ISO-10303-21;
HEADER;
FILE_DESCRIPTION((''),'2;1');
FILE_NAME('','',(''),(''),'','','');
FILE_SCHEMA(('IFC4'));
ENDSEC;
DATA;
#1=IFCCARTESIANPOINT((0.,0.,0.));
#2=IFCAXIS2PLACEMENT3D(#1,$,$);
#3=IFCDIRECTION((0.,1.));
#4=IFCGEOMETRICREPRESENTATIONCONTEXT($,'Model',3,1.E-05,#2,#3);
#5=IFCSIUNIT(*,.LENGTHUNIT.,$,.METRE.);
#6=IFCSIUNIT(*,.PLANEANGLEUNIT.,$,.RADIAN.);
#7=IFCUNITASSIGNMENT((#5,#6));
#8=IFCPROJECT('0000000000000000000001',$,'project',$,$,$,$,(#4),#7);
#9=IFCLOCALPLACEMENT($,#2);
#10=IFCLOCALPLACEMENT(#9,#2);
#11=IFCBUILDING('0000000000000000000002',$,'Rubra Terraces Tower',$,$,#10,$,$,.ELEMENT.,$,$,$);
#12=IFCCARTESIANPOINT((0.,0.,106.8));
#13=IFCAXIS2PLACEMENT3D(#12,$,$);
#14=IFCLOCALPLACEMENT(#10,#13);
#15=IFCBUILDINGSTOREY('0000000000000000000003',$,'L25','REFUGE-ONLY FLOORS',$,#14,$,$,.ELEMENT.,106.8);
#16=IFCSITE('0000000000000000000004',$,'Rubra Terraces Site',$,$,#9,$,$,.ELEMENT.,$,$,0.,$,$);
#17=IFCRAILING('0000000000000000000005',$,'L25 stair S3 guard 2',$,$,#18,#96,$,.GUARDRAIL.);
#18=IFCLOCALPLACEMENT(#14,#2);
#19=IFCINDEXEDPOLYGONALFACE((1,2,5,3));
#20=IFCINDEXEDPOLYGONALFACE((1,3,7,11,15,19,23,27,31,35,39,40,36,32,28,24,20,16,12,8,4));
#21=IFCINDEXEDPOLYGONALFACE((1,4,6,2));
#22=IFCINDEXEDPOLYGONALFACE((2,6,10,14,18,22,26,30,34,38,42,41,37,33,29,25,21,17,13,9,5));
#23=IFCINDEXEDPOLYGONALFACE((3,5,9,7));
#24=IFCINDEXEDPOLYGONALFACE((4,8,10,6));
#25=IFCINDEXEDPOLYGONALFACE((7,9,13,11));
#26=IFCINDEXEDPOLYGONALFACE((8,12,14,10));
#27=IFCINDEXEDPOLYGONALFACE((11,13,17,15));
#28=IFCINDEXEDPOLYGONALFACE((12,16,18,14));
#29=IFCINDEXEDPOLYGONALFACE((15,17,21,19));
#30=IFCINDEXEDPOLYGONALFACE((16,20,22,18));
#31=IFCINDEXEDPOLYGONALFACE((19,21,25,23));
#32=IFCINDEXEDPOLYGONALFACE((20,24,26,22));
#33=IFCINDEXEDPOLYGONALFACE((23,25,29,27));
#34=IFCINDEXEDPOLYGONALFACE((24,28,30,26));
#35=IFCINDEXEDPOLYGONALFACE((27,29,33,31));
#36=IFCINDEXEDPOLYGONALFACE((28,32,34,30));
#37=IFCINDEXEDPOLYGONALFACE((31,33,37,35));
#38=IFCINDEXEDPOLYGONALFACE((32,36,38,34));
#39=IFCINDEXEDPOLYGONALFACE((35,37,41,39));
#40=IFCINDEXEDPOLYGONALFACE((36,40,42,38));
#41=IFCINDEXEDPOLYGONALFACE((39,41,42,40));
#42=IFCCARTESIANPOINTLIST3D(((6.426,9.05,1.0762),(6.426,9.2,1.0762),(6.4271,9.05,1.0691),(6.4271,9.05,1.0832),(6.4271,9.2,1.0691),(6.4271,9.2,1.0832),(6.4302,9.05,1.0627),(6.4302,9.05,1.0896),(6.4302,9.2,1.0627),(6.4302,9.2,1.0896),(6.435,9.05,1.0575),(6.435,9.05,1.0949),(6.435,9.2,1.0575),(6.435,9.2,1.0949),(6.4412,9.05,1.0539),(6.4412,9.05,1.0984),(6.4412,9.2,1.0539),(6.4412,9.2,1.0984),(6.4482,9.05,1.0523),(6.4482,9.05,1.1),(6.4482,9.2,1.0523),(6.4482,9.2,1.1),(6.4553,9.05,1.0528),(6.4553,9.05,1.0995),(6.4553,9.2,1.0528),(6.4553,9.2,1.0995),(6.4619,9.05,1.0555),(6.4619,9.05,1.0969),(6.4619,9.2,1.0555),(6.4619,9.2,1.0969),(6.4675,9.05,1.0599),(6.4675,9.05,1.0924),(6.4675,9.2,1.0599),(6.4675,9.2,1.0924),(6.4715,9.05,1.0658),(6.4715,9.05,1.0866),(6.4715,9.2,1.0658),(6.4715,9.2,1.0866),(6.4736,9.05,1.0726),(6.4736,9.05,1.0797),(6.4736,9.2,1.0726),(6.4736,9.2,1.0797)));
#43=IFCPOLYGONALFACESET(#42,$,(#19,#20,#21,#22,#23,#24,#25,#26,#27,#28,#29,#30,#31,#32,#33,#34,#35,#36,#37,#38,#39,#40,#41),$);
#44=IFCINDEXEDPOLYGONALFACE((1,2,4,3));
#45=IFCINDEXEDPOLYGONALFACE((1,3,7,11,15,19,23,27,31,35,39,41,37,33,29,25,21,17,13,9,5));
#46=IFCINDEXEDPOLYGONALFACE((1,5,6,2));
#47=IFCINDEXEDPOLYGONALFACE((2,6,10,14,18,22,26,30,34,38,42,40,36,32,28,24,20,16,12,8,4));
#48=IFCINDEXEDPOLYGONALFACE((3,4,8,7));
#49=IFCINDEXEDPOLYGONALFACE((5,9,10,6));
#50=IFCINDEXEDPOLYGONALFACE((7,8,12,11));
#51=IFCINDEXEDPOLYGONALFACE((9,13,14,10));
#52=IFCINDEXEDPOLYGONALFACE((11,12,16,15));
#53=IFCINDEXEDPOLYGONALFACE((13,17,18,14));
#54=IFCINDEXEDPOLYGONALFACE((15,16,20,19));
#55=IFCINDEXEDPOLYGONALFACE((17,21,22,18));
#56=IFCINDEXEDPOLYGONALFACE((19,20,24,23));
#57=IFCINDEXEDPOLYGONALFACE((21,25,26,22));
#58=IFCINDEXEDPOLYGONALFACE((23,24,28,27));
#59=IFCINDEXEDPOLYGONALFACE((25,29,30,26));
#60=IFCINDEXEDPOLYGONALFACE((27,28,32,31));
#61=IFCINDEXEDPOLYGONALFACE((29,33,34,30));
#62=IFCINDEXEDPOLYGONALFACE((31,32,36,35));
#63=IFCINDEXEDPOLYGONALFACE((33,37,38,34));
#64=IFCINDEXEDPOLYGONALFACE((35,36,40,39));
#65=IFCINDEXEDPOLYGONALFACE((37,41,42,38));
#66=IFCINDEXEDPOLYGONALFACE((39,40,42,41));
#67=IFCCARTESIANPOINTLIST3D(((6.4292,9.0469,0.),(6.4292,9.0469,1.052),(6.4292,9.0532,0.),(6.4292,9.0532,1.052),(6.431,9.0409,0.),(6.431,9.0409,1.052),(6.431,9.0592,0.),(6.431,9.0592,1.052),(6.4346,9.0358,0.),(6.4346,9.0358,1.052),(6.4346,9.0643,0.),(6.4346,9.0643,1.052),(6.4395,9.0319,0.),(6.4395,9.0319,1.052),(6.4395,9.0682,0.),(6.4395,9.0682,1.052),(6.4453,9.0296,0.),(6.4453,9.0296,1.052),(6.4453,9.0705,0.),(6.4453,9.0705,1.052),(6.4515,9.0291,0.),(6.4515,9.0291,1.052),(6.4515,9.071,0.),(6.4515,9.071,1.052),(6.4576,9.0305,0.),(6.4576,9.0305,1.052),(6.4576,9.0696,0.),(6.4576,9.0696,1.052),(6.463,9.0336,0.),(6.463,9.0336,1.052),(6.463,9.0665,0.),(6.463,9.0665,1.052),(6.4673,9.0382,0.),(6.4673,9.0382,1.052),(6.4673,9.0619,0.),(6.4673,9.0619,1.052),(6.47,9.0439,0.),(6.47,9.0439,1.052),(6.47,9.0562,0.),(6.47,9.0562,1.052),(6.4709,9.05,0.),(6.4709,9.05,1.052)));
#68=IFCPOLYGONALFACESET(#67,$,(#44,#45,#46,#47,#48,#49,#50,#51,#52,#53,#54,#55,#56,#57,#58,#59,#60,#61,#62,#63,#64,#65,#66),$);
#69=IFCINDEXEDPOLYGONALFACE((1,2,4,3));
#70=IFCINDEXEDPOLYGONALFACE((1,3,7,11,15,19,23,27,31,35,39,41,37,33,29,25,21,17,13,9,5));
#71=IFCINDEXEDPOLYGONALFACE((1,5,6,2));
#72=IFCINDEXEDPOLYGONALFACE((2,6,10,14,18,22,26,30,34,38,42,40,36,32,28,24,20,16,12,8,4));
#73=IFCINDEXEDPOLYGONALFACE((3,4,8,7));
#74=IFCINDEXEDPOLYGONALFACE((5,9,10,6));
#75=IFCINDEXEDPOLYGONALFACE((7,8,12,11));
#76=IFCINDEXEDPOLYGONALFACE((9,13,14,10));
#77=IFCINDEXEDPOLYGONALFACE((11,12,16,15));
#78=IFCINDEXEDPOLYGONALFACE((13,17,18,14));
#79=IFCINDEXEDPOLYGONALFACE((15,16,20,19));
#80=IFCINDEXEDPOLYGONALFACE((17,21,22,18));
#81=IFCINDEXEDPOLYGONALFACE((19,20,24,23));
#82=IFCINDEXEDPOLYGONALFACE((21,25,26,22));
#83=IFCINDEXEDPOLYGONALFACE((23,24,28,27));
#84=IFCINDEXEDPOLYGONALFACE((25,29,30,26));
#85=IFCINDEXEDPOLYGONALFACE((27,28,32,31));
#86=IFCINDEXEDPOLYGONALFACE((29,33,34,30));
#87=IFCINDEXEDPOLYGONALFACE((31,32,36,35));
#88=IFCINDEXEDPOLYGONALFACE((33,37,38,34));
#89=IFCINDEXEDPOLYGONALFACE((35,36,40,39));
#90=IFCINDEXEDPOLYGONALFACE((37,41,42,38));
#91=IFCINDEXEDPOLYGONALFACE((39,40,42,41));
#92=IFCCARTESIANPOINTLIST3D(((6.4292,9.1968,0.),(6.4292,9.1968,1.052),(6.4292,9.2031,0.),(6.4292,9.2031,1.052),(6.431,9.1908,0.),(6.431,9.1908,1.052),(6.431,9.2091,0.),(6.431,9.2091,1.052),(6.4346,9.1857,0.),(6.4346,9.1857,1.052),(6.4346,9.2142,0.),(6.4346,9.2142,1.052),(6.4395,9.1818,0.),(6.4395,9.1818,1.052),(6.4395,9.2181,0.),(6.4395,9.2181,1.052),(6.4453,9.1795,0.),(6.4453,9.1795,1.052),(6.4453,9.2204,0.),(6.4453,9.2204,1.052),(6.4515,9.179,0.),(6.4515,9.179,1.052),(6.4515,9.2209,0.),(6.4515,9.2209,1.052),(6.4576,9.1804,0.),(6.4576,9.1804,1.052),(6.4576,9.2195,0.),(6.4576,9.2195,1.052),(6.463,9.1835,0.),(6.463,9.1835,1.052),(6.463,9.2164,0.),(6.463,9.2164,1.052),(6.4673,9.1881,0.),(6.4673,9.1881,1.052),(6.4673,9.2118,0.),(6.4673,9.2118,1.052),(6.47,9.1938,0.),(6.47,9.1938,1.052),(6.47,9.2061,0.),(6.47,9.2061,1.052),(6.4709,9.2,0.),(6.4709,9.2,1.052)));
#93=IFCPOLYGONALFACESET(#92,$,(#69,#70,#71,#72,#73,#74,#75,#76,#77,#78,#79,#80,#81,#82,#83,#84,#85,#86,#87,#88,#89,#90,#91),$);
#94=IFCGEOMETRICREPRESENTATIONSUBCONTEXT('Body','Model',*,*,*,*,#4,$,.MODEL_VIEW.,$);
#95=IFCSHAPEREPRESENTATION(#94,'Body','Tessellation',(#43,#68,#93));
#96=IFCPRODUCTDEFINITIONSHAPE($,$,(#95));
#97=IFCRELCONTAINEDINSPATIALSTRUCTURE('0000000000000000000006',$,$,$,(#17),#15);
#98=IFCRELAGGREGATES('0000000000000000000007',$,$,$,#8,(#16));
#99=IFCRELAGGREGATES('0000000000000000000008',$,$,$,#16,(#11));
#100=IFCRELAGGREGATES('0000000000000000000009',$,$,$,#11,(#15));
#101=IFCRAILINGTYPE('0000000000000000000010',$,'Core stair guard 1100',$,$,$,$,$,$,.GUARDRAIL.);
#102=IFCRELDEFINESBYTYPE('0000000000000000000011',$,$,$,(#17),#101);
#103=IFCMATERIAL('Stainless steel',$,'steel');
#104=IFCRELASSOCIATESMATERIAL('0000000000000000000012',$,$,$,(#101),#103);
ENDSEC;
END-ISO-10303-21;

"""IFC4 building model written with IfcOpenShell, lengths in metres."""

from ifc_helpers import new_model, si_unit, direction, frame, origin, origin_2d, place, context, subcontext, project, spatial, circle, extrude, material, type_object, element, save


model = new_model("IFC4")

# Units and contexts
model_context = context("Model", 3, precision=1e-05, world=origin(), true_north=direction((0.0, 1.0)))
body_context = subcontext(model_context, "Body", "Model", "MODEL_VIEW")
ifc_project = project(units=[si_unit("LENGTHUNIT", "METRE"), si_unit("PLANEANGLEUNIT", "RADIAN")], contexts=[model_context])

# Site, building, storey
site_placement = place(None, origin())
site = spatial("IfcSite", under=ifc_project, at=site_placement, Name="Rubra Terraces Site", CompositionType="ELEMENT", RefElevation=0.0)
building_placement = place(site_placement, origin())
building = spatial("IfcBuilding", under=site, at=building_placement, Name="Rubra Terraces Tower", CompositionType="ELEMENT")
storey_placement = place(building_placement, frame((0.0, 0.0, 106.8)))
storey = spatial("IfcBuildingStorey", under=building, at=storey_placement, Name="L25", Description="REFUGE-ONLY FLOORS", CompositionType="ELEMENT", Elevation=106.8)

# Shared definitions
ifc_material_1 = material(Name="Stainless steel", Category="steel")

# Railing
railing_type_1 = type_object("IfcRailingType", Name="Core stair guard 1100", PredefinedType="GUARDRAIL", material=ifc_material_1)
railing_1_placement = place(storey_placement, frame((6.45, 9.05, 0.0)))
element("IfcRailing", 1, at=railing_1_placement, inside=storey, type_object=railing_type_1, Name="L25 stair S3 guard 2", PredefinedType="GUARDRAIL", context=body_context, shape_type="SweptSolid", body=[
    extrude(circle(Radius=0.0239, at=origin_2d()), frame((0.0, 0.0, 1.0762), z_axis=(0.0, 1.0, 0.0), x_axis=(-1.0, 0.0, 0.0)), (0.0, 0.0, 1.0), 0.1499),
    extrude(circle(Radius=0.021, at=origin_2d()), origin(), (0.0, 0.0, 1.0), 1.052),
    extrude(circle(Radius=0.021, at=origin_2d()), frame((0.0, 0.1499, 0.0)), (0.0, 0.0, 1.0), 1.052),
])

save(model, "model.ifc")
